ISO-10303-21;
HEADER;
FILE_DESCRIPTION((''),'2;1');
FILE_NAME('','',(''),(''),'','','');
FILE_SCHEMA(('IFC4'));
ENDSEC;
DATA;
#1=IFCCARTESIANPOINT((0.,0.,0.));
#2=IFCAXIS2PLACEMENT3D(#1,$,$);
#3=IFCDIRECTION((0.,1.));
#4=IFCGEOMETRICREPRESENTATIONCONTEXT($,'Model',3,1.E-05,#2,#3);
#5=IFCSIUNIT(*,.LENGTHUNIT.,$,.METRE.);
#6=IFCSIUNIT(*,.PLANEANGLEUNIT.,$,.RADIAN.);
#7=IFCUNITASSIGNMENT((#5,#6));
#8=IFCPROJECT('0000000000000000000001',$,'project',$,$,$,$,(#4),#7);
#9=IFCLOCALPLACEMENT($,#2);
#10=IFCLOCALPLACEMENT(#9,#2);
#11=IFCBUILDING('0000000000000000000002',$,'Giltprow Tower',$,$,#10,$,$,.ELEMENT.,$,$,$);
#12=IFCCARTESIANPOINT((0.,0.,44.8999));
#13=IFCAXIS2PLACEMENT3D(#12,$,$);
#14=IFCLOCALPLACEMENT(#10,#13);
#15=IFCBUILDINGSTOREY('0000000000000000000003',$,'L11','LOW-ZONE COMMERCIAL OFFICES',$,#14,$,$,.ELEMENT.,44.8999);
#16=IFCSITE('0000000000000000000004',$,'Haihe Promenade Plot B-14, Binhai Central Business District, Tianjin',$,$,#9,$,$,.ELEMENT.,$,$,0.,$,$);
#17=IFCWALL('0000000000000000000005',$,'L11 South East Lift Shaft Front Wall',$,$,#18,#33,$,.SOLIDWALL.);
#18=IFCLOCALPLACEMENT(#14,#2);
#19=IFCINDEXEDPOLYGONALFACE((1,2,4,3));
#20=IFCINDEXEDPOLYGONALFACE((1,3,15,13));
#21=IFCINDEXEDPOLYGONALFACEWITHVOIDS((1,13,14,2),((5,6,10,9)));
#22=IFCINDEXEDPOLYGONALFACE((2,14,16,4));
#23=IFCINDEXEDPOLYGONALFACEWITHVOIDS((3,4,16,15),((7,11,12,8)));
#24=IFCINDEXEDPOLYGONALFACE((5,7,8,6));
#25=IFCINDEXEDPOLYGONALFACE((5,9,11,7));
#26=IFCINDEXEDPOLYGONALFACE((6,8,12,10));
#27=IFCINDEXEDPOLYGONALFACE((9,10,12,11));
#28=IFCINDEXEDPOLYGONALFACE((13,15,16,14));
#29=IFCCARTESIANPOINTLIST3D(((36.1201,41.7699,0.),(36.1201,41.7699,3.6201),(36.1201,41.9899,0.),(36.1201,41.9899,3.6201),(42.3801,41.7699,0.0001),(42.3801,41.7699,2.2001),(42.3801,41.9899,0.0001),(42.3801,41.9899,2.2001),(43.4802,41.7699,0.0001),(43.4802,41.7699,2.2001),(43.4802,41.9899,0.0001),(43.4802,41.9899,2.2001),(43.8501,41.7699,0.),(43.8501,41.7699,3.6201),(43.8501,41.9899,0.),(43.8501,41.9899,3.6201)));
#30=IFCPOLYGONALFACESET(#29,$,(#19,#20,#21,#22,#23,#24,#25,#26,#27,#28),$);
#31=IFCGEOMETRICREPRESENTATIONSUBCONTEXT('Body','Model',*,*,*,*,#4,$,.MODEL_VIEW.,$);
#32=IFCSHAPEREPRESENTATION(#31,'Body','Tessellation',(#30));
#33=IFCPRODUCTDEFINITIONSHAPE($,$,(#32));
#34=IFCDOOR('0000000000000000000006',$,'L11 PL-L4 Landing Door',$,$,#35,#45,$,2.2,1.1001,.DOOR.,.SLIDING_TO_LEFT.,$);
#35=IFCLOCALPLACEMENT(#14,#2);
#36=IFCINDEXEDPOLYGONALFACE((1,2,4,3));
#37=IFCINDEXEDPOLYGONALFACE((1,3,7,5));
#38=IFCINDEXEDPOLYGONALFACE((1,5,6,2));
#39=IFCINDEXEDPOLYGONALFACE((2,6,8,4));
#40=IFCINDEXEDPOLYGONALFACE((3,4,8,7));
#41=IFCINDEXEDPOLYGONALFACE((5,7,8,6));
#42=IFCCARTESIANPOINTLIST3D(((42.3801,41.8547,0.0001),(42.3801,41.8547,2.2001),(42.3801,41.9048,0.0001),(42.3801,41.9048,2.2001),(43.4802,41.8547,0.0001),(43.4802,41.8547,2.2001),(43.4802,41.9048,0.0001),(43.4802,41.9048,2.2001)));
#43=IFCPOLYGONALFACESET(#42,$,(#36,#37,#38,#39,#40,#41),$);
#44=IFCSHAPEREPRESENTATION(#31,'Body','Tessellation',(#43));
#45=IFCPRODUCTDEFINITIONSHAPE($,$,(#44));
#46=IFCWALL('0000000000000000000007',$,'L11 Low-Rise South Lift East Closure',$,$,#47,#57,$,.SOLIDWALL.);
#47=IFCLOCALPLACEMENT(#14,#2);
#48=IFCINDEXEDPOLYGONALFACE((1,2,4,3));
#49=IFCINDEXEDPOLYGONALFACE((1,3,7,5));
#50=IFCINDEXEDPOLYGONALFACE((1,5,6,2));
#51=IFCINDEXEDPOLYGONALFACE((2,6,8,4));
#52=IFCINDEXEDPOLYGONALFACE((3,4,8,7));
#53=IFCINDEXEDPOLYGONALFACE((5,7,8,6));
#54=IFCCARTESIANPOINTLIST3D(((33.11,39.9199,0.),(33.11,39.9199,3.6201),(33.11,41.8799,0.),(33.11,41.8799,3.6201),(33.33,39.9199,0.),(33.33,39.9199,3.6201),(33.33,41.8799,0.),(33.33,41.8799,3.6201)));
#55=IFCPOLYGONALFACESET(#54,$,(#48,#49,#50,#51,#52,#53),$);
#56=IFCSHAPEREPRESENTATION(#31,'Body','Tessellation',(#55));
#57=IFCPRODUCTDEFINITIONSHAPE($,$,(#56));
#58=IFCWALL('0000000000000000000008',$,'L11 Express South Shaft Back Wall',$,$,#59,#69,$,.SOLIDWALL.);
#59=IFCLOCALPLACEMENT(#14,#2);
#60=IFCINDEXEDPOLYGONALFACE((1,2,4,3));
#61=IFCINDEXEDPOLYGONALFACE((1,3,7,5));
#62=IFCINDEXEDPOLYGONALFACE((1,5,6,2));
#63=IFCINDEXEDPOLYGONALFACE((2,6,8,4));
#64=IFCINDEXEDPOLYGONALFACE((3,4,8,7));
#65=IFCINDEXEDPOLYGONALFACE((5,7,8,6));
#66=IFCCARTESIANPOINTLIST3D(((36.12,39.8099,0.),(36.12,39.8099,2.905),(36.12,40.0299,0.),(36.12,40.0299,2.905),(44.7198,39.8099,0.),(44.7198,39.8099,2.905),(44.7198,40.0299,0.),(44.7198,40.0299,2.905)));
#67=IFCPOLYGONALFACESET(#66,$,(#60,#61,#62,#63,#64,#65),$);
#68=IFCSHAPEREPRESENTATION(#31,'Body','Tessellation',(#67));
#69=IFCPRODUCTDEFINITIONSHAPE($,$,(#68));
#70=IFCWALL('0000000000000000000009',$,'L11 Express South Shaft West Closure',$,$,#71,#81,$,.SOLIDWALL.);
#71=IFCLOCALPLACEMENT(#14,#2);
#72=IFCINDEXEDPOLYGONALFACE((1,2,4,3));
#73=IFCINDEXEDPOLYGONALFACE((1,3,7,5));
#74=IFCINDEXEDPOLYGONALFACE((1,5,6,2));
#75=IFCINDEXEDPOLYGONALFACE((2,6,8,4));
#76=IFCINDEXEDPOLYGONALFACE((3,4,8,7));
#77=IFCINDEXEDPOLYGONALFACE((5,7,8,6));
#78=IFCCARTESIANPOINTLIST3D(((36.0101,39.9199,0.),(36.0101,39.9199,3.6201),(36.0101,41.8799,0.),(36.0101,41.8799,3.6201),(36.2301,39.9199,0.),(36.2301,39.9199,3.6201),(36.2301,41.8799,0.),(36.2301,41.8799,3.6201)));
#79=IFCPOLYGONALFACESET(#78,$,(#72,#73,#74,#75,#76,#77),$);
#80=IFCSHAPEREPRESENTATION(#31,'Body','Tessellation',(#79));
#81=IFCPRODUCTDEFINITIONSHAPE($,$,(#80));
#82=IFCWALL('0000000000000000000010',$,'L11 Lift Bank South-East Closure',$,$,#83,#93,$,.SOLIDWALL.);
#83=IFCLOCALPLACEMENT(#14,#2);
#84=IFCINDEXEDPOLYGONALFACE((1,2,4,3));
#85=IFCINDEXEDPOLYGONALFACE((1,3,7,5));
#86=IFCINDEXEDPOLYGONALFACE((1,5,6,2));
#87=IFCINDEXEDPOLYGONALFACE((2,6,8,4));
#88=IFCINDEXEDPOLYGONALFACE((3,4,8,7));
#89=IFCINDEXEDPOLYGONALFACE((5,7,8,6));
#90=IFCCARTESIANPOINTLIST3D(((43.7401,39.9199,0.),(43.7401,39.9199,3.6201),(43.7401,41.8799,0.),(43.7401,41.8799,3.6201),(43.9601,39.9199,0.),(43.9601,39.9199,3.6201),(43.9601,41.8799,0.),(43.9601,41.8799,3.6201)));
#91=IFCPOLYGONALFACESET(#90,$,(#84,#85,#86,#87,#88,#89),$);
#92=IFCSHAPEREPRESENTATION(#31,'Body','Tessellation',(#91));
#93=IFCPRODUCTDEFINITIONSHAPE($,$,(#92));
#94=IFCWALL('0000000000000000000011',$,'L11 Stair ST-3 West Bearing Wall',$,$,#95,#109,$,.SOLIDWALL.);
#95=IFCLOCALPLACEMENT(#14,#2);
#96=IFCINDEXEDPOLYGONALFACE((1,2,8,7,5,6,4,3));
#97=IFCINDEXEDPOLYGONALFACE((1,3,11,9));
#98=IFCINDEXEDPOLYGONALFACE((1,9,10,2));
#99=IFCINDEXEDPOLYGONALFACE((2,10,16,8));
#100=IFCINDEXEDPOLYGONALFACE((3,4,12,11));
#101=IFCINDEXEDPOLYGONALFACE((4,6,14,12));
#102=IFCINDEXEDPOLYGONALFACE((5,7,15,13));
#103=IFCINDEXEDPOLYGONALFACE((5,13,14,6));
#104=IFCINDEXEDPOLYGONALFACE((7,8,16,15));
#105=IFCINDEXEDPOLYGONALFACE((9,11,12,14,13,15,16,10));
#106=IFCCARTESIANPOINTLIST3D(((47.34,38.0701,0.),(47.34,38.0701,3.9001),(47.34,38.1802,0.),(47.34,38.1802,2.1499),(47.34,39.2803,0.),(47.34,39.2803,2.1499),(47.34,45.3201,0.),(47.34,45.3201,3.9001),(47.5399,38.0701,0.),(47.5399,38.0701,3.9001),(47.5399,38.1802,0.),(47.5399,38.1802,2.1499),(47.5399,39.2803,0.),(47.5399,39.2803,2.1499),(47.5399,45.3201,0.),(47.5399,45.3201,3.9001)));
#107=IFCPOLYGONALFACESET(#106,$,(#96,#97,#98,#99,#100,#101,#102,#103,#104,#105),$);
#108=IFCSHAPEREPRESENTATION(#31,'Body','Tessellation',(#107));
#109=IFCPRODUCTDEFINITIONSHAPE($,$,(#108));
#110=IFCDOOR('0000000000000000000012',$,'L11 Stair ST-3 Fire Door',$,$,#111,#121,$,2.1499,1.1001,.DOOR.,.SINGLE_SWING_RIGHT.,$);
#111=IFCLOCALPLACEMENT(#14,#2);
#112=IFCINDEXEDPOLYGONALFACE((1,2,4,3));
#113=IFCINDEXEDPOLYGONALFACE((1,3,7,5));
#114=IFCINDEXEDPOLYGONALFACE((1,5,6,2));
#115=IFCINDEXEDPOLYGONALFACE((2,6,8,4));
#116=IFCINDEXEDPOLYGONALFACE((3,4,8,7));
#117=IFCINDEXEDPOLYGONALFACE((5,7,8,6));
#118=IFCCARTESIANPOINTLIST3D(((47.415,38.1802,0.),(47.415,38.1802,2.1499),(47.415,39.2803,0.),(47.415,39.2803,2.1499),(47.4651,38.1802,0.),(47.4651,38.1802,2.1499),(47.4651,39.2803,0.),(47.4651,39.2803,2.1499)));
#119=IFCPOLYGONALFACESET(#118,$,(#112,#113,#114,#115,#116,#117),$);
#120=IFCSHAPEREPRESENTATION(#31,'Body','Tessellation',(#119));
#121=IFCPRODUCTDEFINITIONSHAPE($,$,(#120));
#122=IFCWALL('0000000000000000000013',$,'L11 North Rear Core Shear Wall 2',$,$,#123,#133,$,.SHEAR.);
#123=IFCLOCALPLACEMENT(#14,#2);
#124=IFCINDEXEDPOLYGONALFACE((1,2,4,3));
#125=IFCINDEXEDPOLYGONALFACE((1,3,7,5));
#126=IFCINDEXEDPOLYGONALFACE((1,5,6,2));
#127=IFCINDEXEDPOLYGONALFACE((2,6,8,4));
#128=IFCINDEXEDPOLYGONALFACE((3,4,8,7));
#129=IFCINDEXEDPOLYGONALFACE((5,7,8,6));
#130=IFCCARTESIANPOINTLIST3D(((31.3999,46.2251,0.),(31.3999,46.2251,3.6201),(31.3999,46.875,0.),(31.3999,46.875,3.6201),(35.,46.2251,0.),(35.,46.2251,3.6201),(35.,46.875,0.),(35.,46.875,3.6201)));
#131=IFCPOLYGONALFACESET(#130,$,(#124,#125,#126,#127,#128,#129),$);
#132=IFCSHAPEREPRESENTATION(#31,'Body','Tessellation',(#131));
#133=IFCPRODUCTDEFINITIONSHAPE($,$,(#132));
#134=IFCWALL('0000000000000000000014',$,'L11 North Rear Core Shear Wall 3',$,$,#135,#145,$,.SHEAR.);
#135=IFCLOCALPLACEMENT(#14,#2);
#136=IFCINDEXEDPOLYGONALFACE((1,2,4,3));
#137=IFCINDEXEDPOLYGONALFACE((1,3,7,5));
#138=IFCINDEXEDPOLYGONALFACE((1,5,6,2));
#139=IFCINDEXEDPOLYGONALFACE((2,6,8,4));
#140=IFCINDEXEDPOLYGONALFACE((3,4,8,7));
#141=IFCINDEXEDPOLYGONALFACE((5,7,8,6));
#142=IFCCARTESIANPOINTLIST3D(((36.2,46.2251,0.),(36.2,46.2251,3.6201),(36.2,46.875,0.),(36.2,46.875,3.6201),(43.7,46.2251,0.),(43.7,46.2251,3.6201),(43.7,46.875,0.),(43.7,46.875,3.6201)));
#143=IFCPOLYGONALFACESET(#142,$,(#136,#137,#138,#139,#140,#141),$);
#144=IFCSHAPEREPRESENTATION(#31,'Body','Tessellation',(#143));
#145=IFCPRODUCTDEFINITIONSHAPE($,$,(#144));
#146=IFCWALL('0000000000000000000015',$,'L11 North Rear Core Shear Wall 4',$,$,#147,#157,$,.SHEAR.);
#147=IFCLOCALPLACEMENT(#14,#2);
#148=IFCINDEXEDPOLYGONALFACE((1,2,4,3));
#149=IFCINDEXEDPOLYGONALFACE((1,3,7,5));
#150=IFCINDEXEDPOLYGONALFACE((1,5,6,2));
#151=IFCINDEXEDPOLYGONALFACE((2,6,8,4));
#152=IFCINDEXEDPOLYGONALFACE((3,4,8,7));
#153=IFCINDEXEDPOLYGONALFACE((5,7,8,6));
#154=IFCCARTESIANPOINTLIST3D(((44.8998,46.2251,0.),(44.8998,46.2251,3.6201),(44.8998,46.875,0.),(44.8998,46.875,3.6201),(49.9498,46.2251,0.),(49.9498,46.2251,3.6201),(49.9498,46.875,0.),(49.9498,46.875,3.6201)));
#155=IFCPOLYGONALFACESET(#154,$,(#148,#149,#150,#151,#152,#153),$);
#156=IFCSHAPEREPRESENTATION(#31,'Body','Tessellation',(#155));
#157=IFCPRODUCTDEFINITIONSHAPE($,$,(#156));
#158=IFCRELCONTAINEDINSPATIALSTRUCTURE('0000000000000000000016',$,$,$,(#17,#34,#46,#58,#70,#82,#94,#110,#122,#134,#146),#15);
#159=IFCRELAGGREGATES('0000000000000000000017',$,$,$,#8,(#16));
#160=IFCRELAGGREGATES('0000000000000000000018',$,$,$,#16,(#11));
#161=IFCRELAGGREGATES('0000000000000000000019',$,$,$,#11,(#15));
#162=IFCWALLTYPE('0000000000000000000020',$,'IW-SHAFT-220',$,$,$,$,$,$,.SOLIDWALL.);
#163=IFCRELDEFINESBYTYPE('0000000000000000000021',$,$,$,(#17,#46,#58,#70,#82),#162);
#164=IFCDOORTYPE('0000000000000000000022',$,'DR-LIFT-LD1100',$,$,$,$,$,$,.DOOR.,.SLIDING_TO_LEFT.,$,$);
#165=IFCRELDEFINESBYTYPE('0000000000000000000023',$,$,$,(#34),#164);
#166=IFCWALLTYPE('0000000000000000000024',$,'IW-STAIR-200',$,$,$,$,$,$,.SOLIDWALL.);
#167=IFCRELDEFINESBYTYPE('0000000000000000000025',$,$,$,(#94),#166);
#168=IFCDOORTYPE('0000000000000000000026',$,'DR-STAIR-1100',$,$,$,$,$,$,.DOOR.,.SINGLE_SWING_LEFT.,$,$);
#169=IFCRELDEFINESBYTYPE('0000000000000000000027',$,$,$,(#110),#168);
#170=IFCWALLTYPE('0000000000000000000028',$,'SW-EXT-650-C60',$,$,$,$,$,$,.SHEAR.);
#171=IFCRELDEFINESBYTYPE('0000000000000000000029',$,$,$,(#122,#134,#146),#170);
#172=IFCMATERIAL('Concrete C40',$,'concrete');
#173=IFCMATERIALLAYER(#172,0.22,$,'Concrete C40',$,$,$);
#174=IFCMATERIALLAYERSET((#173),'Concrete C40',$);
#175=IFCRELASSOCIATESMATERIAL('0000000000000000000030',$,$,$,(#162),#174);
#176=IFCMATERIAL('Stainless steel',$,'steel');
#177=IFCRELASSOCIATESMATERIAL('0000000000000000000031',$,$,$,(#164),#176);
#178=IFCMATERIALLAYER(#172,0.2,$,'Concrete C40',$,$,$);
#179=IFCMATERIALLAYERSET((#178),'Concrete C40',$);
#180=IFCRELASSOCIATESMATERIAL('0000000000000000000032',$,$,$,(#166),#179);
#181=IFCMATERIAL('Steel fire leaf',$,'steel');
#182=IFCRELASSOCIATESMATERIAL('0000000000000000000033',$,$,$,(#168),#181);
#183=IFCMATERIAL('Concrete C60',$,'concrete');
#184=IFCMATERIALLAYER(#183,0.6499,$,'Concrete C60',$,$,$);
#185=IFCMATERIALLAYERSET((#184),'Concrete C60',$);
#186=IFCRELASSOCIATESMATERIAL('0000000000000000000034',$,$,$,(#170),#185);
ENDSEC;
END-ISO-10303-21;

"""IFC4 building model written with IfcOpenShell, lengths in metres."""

from ifc_helpers import new_model, si_unit, direction, frame, frame_2d, origin, place, context, subcontext, project, spatial, rectangle, extrude, source, transform, mapped, material, layer, layer_set, type_object, element, fill, save


model = new_model("IFC4")

# Units and contexts
model_context = context("Model", 3, precision=1e-05, world=origin(), true_north=direction((0.0, 1.0)))
body_context = subcontext(model_context, "Body", "Model", "MODEL_VIEW")
ifc_project = project(units=[si_unit("LENGTHUNIT", "METRE"), si_unit("PLANEANGLEUNIT", "RADIAN")], contexts=[model_context])

# Site, building, storey
site_placement = place(None, origin())
site = spatial("IfcSite", under=ifc_project, at=site_placement, Name="Haihe Promenade Plot B-14, Binhai Central Business District, Tianjin", CompositionType="ELEMENT", RefElevation=0.0)
building_placement = place(site_placement, origin())
building = spatial("IfcBuilding", under=site, at=building_placement, Name="Giltprow Tower", CompositionType="ELEMENT")
storey_placement = place(building_placement, frame((0.0, 0.0, 44.8999)))
storey = spatial("IfcBuildingStorey", under=building, at=storey_placement, Name="L11", Description="LOW-ZONE COMMERCIAL OFFICES", CompositionType="ELEMENT", Elevation=44.8999)

# Shared definitions
ifc_material_1 = material(Name="Concrete C60", Category="concrete")

# Shared definitions
ifc_material_2 = material(Name="Concrete C40", Category="concrete")
ifc_layer_1 = layer(ifc_material_2, 0.22, Name="Concrete C40")
ifc_layer_set_1 = layer_set([ifc_layer_1], Name="Concrete C40")
wall_type_1 = type_object("IfcWallType", Name="IW-SHAFT-220", PredefinedType="SOLIDWALL", material=ifc_layer_set_1)
ifc_material_3 = material(Name="Stainless steel", Category="steel")
door_type_1 = type_object("IfcDoorType", Name="DR-LIFT-LD1100", OperationType="SLIDING_TO_LEFT", PredefinedType="DOOR", material=ifc_material_3)
shared_shape_1 = source(origin(), body_context, "Body", "SweptSolid", [
    extrude(rectangle(XDim=1.1001, YDim=2.2, at=frame_2d((0.55, 1.1001))), frame((0.0, 0.0249, 0.0), z_axis=(0.0, -1.0, 0.0), x_axis=(1.0, 0.0, 0.0)), (0.0, 0.0, 1.0), 0.05),
])

# Wall, opening, door
wall_1_placement = place(storey_placement, frame((36.1201, 41.8799, 0.0), z_axis=(0.0, 0.0, 1.0), x_axis=(1.0, 0.0, 0.0)))
wall_1 = element("IfcWall", 1, at=wall_1_placement, inside=storey, type_object=wall_type_1, Name="L11 South East Lift Shaft Front Wall", PredefinedType="SOLIDWALL", context=body_context, shape_type="SweptSolid", body=[
    extrude(rectangle(XDim=7.73, YDim=0.22, at=frame_2d((3.865, 0.0))), origin(), (0.0, 0.0, 1.0), 3.6201),
])
opening_1_placement = place(wall_1_placement, frame((6.26, 0.0, 0.0)))
opening_1 = element("IfcOpeningElement", 2, at=opening_1_placement, cuts=wall_1, PredefinedType="OPENING", context=body_context, shape_type="SweptSolid", body=[
    extrude(rectangle(XDim=1.1001, YDim=2.2, at=frame_2d((0.55, 1.1001))), frame((0.0, 0.1199, 0.0), z_axis=(0.0, -1.0, 0.0), x_axis=(1.0, 0.0, 0.0)), (0.0, 0.0, 1.0), 0.24),
])
door_1_placement = place(opening_1_placement, origin())
door_1 = element("IfcDoor", 3, at=door_1_placement, inside=storey, type_object=door_type_1, Name="L11 PL-L4 Landing Door", OperationType="SLIDING_TO_LEFT", OverallHeight=2.2, OverallWidth=1.1001, PredefinedType="DOOR", context=body_context, shape_type="MappedRepresentation", body=[
    mapped(shared_shape_1, transform((0.0, 0.0, 0.0), x_axis=(1.0, 0.0, 0.0), y_axis=(0.0, 1.0, 0.0), z_axis=(0.0, 0.0, 1.0), scale=1.0)),
])
fill(opening_1, door_1)

# Walls
wall_2_placement = place(storey_placement, frame((33.22, 39.9199, 0.0), z_axis=(0.0, 0.0, 1.0), x_axis=(0.0, 1.0, 0.0)))
element("IfcWall", 4, at=wall_2_placement, inside=storey, type_object=wall_type_1, Name="L11 Low-Rise South Lift East Closure", PredefinedType="SOLIDWALL", context=body_context, shape_type="SweptSolid", body=[
    extrude(rectangle(XDim=1.96, YDim=0.22, at=frame_2d((0.98, 0.0))), origin(), (0.0, 0.0, 1.0), 3.6201),
])
wall_3_placement = place(storey_placement, frame((36.1201, 39.9199, 0.0), z_axis=(0.0, 0.0, 1.0), x_axis=(1.0, 0.0, 0.0)))
element("IfcWall", 5, at=wall_3_placement, inside=storey, type_object=wall_type_1, Name="L11 Express South Shaft Back Wall", PredefinedType="SOLIDWALL", context=body_context, shape_type="SweptSolid", body=[
    extrude(rectangle(XDim=8.5999, YDim=0.22, at=frame_2d((4.2998, 0.0))), origin(), (0.0, 0.0, 1.0), 2.905),
])
for number, where, z_axis, x_axis, name in (
    (6, (36.1201, 39.9199, 0.0), (0.0, 0.0, 1.0), (0.0, 1.0, 0.0), "L11 Express South Shaft West Closure"),
    (7, (43.8501, 39.9199, 0.0), (0.0, 0.0, 1.0), (0.0, 1.0, 0.0), "L11 Lift Bank South-East Closure"),
):
    element("IfcWall", number, at=place(storey_placement, frame(where, z_axis=z_axis, x_axis=x_axis)), inside=storey, type_object=wall_type_1, Name=name, PredefinedType="SOLIDWALL", context=body_context, shape_type="SweptSolid", body=[
        extrude(rectangle(XDim=1.96, YDim=0.22, at=frame_2d((0.98, 0.0))), origin(), (0.0, 0.0, 1.0), 3.6201),
    ])

# Wall, opening, door
ifc_layer_2 = layer(ifc_material_2, 0.2, Name="Concrete C40")
ifc_layer_set_2 = layer_set([ifc_layer_2], Name="Concrete C40")
wall_type_2 = type_object("IfcWallType", Name="IW-STAIR-200", PredefinedType="SOLIDWALL", material=ifc_layer_set_2)
wall_4_placement = place(storey_placement, frame((47.4399, 38.0701, 0.0), z_axis=(0.0, 0.0, 1.0), x_axis=(0.0, 1.0, 0.0)))
wall_4 = element("IfcWall", 8, at=wall_4_placement, inside=storey, type_object=wall_type_2, Name="L11 Stair ST-3 West Bearing Wall", PredefinedType="SOLIDWALL", context=body_context, shape_type="SweptSolid", body=[
    extrude(rectangle(XDim=7.25, YDim=0.2, at=frame_2d((3.625, 0.0))), origin(), (0.0, 0.0, 1.0), 3.9001),
])
opening_2_placement = place(wall_4_placement, frame((0.1101, 0.0, 0.0)))
opening_2 = element("IfcOpeningElement", 9, at=opening_2_placement, cuts=wall_4, PredefinedType="OPENING", context=body_context, shape_type="SweptSolid", body=[
    extrude(rectangle(XDim=1.1001, YDim=2.1499, at=frame_2d((0.55, 1.075))), frame((0.0, 0.1099, 0.0), z_axis=(0.0, -1.0, 0.0), x_axis=(1.0, 0.0, 0.0)), (0.0, 0.0, 1.0), 0.22),
])
ifc_material_4 = material(Name="Steel fire leaf", Category="steel")
door_type_2 = type_object("IfcDoorType", Name="DR-STAIR-1100", OperationType="SINGLE_SWING_LEFT", PredefinedType="DOOR", material=ifc_material_4)
shared_shape_2 = source(origin(), body_context, "Body", "SweptSolid", [
    extrude(rectangle(XDim=1.1001, YDim=2.1499, at=frame_2d((0.55, 1.075))), frame((0.0, 0.0249, 0.0), z_axis=(0.0, -1.0, 0.0), x_axis=(1.0, 0.0, 0.0)), (0.0, 0.0, 1.0), 0.05),
])
door_2_placement = place(opening_2_placement, origin())
door_2 = element("IfcDoor", 10, at=door_2_placement, inside=storey, type_object=door_type_2, Name="L11 Stair ST-3 Fire Door", OperationType="SINGLE_SWING_RIGHT", OverallHeight=2.1499, OverallWidth=1.1001, PredefinedType="DOOR", context=body_context, shape_type="MappedRepresentation", body=[
    mapped(shared_shape_2, transform((0.0, 0.0, 0.0), x_axis=(1.0, 0.0, 0.0), y_axis=(0.0, 1.0, 0.0), z_axis=(0.0, 0.0, 1.0), scale=1.0)),
])
fill(opening_2, door_2)

# Walls
ifc_layer_3 = layer(ifc_material_1, 0.6499, Name="Concrete C60")
ifc_layer_set_3 = layer_set([ifc_layer_3], Name="Concrete C60")
wall_type_3 = type_object("IfcWallType", Name="SW-EXT-650-C60", PredefinedType="SHEAR", material=ifc_layer_set_3)
wall_5_placement = place(storey_placement, frame((31.3999, 46.55, 0.0), z_axis=(0.0, 0.0, 1.0), x_axis=(1.0, 0.0, 0.0)))
element("IfcWall", 11, at=wall_5_placement, inside=storey, type_object=wall_type_3, Name="L11 North Rear Core Shear Wall 2", PredefinedType="SHEAR", context=body_context, shape_type="SweptSolid", body=[
    extrude(rectangle(XDim=3.6001, YDim=0.6499, at=frame_2d((1.8, 0.0))), origin(), (0.0, 0.0, 1.0), 3.6201),
])
wall_6_placement = place(storey_placement, frame((36.2, 46.55, 0.0), z_axis=(0.0, 0.0, 1.0), x_axis=(1.0, 0.0, 0.0)))
element("IfcWall", 12, at=wall_6_placement, inside=storey, type_object=wall_type_3, Name="L11 North Rear Core Shear Wall 3", PredefinedType="SHEAR", context=body_context, shape_type="SweptSolid", body=[
    extrude(rectangle(XDim=7.5, YDim=0.6499, at=frame_2d((3.75, 0.0))), origin(), (0.0, 0.0, 1.0), 3.6201),
])
wall_7_placement = place(storey_placement, frame((44.8999, 46.55, 0.0), z_axis=(0.0, 0.0, 1.0), x_axis=(1.0, 0.0, 0.0)))
element("IfcWall", 13, at=wall_7_placement, inside=storey, type_object=wall_type_3, Name="L11 North Rear Core Shear Wall 4", PredefinedType="SHEAR", context=body_context, shape_type="SweptSolid", body=[
    extrude(rectangle(XDim=5.05, YDim=0.6499, at=frame_2d((2.5249, 0.0))), origin(), (0.0, 0.0, 1.0), 3.6201),
])

save(model, "model.ifc")
